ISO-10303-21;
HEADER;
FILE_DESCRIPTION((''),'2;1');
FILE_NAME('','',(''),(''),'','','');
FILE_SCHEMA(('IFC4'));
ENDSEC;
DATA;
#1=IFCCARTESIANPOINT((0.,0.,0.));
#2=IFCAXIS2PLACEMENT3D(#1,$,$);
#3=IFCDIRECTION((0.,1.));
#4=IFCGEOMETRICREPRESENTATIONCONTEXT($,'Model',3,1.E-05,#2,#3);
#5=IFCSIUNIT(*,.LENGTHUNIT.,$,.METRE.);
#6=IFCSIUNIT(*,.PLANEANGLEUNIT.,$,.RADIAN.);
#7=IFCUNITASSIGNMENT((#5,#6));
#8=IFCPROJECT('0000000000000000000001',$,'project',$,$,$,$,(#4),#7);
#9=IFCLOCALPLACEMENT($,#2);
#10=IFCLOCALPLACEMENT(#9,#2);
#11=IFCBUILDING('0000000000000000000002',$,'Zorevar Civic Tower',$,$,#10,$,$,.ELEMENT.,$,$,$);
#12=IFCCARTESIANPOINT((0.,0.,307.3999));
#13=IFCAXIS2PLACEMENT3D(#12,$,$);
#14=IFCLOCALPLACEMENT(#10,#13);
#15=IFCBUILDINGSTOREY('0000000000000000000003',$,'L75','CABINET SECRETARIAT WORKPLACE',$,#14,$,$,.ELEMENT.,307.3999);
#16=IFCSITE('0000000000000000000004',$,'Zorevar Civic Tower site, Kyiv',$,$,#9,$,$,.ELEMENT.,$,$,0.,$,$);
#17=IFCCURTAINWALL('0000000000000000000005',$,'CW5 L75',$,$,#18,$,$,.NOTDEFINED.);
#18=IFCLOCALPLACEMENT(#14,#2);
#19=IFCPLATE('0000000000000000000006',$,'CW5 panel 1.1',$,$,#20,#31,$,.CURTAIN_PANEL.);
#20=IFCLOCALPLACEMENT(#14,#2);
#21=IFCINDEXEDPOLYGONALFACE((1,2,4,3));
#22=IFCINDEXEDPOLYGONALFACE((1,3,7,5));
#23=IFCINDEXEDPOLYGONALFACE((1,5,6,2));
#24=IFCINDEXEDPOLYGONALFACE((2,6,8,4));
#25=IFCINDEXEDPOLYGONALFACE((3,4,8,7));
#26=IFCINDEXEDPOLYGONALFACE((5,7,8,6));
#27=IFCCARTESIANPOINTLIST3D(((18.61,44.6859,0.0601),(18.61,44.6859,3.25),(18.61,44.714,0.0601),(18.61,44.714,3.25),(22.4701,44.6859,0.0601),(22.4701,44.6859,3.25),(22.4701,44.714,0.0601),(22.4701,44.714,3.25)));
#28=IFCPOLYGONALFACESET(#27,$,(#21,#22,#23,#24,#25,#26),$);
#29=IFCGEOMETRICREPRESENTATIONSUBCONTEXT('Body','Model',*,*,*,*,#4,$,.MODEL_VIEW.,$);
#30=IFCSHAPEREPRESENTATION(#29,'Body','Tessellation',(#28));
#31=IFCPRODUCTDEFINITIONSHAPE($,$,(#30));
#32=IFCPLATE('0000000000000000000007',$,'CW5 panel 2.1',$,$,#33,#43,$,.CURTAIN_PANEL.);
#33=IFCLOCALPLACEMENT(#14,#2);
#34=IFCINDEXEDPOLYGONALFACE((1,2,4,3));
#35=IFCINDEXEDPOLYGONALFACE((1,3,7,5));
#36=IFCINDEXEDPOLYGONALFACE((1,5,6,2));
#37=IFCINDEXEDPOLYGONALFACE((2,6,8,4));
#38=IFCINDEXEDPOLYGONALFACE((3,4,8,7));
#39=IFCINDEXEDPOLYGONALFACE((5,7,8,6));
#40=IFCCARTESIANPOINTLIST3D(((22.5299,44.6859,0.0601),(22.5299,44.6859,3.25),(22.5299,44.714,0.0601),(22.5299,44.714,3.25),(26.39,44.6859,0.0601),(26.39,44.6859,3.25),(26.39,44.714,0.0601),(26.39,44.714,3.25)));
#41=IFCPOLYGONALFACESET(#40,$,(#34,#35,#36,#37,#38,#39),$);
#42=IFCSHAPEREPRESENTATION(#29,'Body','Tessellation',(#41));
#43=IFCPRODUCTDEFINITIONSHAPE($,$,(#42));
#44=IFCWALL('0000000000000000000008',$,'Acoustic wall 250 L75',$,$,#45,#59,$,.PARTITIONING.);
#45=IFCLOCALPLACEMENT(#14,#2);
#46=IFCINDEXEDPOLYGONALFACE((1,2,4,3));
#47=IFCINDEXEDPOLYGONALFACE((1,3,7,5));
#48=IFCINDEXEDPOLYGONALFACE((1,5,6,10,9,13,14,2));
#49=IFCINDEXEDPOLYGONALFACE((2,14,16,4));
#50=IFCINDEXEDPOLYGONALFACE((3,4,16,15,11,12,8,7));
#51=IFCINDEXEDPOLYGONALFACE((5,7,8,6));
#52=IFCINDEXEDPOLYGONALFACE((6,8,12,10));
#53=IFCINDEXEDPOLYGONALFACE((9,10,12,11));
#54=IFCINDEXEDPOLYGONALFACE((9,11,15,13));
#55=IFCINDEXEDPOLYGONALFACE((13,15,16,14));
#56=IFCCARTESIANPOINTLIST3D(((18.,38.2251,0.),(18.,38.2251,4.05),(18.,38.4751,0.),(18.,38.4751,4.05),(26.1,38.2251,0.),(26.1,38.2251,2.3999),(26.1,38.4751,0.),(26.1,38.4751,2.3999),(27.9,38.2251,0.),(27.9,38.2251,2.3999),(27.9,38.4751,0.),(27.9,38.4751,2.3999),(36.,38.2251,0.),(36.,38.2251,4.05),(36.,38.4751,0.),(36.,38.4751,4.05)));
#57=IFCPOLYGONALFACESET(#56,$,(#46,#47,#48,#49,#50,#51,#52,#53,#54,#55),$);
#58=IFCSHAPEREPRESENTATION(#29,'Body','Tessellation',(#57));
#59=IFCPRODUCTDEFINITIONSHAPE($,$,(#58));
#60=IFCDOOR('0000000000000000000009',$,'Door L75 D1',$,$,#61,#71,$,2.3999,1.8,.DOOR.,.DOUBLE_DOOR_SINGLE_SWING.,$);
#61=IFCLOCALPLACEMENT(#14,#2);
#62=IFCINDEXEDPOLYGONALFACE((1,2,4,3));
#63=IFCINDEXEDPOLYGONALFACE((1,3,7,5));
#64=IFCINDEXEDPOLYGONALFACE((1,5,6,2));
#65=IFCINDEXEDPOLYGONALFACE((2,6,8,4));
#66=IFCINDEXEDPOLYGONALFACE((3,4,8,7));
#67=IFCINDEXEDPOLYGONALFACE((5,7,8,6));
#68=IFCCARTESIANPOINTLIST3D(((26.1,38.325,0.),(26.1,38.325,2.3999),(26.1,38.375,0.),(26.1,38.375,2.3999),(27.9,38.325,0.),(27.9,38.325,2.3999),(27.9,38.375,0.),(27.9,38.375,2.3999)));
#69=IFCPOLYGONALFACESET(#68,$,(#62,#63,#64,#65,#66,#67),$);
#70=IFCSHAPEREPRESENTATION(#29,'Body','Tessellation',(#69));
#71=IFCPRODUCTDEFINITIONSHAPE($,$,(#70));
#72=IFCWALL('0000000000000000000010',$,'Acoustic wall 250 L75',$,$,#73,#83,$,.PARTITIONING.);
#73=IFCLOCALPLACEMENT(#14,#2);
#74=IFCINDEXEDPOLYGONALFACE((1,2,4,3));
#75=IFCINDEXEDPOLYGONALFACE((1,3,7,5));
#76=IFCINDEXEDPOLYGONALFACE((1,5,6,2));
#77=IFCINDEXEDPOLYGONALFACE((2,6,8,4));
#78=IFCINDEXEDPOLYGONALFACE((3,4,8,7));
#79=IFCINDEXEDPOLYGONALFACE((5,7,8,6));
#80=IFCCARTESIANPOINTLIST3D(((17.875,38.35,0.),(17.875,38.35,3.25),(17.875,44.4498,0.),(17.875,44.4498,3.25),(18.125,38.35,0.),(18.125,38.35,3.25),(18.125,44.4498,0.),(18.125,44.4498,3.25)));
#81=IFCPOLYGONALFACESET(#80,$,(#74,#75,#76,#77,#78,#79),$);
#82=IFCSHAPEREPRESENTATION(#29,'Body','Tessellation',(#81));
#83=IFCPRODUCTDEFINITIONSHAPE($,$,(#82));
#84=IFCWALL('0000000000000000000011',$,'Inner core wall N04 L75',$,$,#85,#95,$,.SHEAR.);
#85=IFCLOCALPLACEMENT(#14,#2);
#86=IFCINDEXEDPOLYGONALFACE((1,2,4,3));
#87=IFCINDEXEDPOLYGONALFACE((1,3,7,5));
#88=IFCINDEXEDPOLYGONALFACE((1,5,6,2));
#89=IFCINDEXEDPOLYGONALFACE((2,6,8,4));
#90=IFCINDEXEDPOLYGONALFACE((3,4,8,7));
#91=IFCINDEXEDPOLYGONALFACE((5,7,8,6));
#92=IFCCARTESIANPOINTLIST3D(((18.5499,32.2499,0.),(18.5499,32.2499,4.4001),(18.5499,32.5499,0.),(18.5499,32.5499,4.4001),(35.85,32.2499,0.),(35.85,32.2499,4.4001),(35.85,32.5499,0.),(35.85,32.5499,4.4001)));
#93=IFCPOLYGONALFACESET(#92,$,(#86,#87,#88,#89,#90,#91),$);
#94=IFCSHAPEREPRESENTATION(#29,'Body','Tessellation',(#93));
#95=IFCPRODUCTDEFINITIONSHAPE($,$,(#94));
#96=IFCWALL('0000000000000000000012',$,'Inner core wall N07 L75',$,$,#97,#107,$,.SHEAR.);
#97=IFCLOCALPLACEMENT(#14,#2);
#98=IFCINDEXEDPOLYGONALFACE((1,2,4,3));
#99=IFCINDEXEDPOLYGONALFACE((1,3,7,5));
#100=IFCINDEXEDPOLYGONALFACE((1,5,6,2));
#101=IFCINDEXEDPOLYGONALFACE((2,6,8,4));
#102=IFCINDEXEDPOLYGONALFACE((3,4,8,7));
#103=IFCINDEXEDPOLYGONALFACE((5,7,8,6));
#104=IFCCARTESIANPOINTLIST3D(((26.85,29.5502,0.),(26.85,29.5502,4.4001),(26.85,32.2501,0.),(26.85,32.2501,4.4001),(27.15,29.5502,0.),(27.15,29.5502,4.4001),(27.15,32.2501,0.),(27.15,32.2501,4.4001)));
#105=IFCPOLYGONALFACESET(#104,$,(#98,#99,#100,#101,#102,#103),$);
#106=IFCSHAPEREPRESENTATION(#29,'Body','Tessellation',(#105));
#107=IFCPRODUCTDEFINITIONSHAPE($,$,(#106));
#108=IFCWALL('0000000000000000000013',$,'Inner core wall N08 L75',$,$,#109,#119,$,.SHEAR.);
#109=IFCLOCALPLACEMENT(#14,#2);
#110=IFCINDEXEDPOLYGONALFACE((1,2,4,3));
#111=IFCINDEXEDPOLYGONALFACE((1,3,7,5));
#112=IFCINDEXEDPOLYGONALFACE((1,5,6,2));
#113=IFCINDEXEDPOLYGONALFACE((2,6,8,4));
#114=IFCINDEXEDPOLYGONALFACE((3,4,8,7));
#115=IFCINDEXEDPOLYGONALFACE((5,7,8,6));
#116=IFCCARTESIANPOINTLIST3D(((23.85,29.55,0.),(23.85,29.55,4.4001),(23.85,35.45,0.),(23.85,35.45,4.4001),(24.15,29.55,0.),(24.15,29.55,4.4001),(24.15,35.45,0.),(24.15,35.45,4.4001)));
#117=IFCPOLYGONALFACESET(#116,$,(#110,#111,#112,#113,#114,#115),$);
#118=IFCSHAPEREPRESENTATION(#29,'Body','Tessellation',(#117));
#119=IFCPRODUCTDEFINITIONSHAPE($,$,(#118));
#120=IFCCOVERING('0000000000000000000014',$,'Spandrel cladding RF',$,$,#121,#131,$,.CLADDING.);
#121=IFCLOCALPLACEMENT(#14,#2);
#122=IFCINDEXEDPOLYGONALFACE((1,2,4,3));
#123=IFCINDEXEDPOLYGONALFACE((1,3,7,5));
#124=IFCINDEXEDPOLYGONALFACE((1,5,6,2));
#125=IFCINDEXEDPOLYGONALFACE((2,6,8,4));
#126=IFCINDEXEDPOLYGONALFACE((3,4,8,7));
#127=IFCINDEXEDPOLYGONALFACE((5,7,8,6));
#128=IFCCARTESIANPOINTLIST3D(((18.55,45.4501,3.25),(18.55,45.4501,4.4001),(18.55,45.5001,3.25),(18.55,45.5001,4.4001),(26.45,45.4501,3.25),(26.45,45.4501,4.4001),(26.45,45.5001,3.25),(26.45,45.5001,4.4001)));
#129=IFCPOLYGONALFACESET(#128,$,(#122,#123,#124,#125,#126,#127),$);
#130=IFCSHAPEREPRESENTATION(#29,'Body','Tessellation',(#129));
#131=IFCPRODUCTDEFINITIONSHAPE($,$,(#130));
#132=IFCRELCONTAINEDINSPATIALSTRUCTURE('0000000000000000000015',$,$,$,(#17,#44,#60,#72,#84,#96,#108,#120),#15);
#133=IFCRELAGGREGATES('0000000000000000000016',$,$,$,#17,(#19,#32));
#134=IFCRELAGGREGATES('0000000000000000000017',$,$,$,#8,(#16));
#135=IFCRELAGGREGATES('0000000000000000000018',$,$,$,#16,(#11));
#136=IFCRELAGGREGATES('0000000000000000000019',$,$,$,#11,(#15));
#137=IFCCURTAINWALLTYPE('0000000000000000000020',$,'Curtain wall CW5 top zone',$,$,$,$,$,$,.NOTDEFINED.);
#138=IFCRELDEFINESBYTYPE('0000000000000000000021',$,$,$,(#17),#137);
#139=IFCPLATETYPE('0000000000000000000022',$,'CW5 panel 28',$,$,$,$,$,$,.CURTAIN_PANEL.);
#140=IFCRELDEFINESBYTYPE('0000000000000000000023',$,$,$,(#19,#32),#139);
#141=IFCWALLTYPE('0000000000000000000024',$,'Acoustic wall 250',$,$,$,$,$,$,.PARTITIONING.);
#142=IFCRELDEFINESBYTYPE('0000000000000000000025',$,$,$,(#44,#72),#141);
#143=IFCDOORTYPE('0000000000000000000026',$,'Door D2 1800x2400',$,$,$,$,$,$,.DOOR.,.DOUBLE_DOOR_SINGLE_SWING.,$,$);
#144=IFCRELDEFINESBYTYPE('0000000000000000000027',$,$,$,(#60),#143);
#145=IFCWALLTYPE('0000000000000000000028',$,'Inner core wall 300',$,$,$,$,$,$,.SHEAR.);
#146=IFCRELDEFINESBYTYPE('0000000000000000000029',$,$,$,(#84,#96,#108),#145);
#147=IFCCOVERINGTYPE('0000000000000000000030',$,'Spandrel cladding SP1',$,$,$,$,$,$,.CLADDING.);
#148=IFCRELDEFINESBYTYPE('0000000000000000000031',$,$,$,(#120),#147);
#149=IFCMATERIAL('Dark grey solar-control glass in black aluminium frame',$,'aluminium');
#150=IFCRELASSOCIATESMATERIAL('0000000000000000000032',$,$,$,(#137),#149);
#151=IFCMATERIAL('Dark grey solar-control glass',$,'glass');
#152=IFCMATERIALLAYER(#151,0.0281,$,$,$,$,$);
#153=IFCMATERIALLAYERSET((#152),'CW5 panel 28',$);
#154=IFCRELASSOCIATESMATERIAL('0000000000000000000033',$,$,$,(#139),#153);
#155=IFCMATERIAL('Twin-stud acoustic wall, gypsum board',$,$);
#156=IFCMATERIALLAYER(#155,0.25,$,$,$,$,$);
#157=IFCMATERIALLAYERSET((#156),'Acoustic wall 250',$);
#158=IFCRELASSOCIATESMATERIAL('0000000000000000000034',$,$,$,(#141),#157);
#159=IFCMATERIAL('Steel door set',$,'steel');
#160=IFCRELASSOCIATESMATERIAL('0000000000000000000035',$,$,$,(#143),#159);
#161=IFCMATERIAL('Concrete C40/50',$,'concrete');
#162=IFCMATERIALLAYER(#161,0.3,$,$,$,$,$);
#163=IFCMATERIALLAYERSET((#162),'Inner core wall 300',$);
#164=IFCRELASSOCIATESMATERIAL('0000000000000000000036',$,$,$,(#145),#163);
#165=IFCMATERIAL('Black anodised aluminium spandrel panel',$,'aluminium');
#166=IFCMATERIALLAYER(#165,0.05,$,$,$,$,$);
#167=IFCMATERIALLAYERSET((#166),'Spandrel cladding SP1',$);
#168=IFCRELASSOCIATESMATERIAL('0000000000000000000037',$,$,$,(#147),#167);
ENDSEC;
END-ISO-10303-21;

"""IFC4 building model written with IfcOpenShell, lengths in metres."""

from ifc_helpers import new_model, si_unit, direction, frame, frame_2d, origin, origin_2d, place, context, subcontext, project, spatial, rectangle, extrude, material, layer, layer_set, type_object, element, fill, aggregate, save


model = new_model("IFC4")

# Units and contexts
model_context = context("Model", 3, precision=1e-05, world=origin(), true_north=direction((0.0, 1.0)))
body_context = subcontext(model_context, "Body", "Model", "MODEL_VIEW")
ifc_project = project(units=[si_unit("LENGTHUNIT", "METRE"), si_unit("PLANEANGLEUNIT", "RADIAN")], contexts=[model_context])

# Site, building, storey
site_placement = place(None, origin())
site = spatial("IfcSite", under=ifc_project, at=site_placement, Name="Zorevar Civic Tower site, Kyiv", CompositionType="ELEMENT", RefElevation=0.0)
building_placement = place(site_placement, origin())
building = spatial("IfcBuilding", under=site, at=building_placement, Name="Zorevar Civic Tower", CompositionType="ELEMENT")
storey_placement = place(building_placement, frame((0.0, 0.0, 307.3999)))
storey = spatial("IfcBuildingStorey", under=building, at=storey_placement, Name="L75", Description="CABINET SECRETARIAT WORKPLACE", CompositionType="ELEMENT", Elevation=307.3999)

# Curtain wall
ifc_material_1 = material(Name="Dark grey solar-control glass in black aluminium frame", Category="aluminium")
curtain_wall_type = type_object("IfcCurtainWallType", Name="Curtain wall CW5 top zone", PredefinedType="NOTDEFINED", material=ifc_material_1)
curtain_wall_placement = place(storey_placement, origin())
curtain_wall = element("IfcCurtainWall", 1, at=curtain_wall_placement, inside=storey, type_object=curtain_wall_type, Name="CW5 L75", PredefinedType="NOTDEFINED")

# Plates
ifc_material_2 = material(Name="Dark grey solar-control glass", Category="glass")
ifc_layer_1 = layer(ifc_material_2, 0.0281)
ifc_layer_set_1 = layer_set([ifc_layer_1], Name="CW5 panel 28")
plate_type = type_object("IfcPlateType", Name="CW5 panel 28", PredefinedType="CURTAIN_PANEL", material=ifc_layer_set_1)
plate_1_placement = place(storey_placement, frame((20.54, 44.7, 0.0601), z_axis=(0.0, 0.0, 1.0), x_axis=(1.0, 0.0, 0.0)))
plate_1 = element("IfcPlate", 2, at=plate_1_placement, type_object=plate_type, Name="CW5 panel 1.1", PredefinedType="CURTAIN_PANEL", context=body_context, shape_type="SweptSolid", body=[
    extrude(rectangle(XDim=3.8601, YDim=0.0281, at=origin_2d()), origin(), (0.0, 0.0, 1.0), 3.1899),
])
plate_2_placement = place(storey_placement, frame((24.46, 44.7, 0.0601), z_axis=(0.0, 0.0, 1.0), x_axis=(1.0, 0.0, 0.0)))
plate_2 = element("IfcPlate", 3, at=plate_2_placement, type_object=plate_type, Name="CW5 panel 2.1", PredefinedType="CURTAIN_PANEL", context=body_context, shape_type="SweptSolid", body=[
    extrude(rectangle(XDim=3.8601, YDim=0.0281, at=origin_2d()), origin(), (0.0, 0.0, 1.0), 3.1899),
])
aggregate(curtain_wall, [plate_1, plate_2])

# Wall, opening, door
ifc_material_3 = material(Name="Twin-stud acoustic wall, gypsum board")
ifc_layer_2 = layer(ifc_material_3, 0.25)
ifc_layer_set_2 = layer_set([ifc_layer_2], Name="Acoustic wall 250")
wall_type_1 = type_object("IfcWallType", Name="Acoustic wall 250", PredefinedType="PARTITIONING", material=ifc_layer_set_2)
wall_1_placement = place(storey_placement, frame((18.0, 38.3501, 0.0), z_axis=(0.0, 0.0, 1.0), x_axis=(1.0, 0.0, 0.0)))
wall_1 = element("IfcWall", 4, at=wall_1_placement, inside=storey, type_object=wall_type_1, Name="Acoustic wall 250 L75", PredefinedType="PARTITIONING", context=body_context, shape_type="SweptSolid", body=[
    extrude(rectangle(XDim=18.0, YDim=0.25, at=frame_2d((9.0, 0.0))), origin(), (0.0, 0.0, 1.0), 4.05),
])
opening_1_placement = place(wall_1_placement, frame((8.1001, 0.0, 0.0)))
opening_1 = element("IfcOpeningElement", 5, at=opening_1_placement, cuts=wall_1, PredefinedType="OPENING", context=body_context, shape_type="SweptSolid", body=[
    extrude(rectangle(XDim=1.8, YDim=2.3999, at=frame_2d((0.8999, 1.2))), frame((0.0, 0.135, 0.0), z_axis=(0.0, -1.0, 0.0), x_axis=(1.0, 0.0, 0.0)), (0.0, 0.0, 1.0), 0.27),
])
ifc_material_4 = material(Name="Steel door set", Category="steel")
door_type_1 = type_object("IfcDoorType", Name="Door D2 1800x2400", OperationType="DOUBLE_DOOR_SINGLE_SWING", PredefinedType="DOOR", material=ifc_material_4)
door_1_placement = place(opening_1_placement, origin())
door_1 = element("IfcDoor", 6, at=door_1_placement, inside=storey, type_object=door_type_1, Name="Door L75 D1", OperationType="DOUBLE_DOOR_SINGLE_SWING", OverallHeight=2.3999, OverallWidth=1.8, PredefinedType="DOOR", context=body_context, shape_type="SweptSolid", body=[
    extrude(rectangle(XDim=1.8, YDim=2.3999, at=frame_2d((0.8999, 1.2))), frame((0.0, 0.0249, 0.0), z_axis=(0.0, -1.0, 0.0), x_axis=(1.0, 0.0, 0.0)), (0.0, 0.0, 1.0), 0.05),
])
fill(opening_1, door_1)

# Wall
wall_2_placement = place(storey_placement, frame((18.0, 38.3501, 0.0), z_axis=(0.0, 0.0, 1.0), x_axis=(0.0, 1.0, 0.0)))
element("IfcWall", 7, at=wall_2_placement, inside=storey, type_object=wall_type_1, Name="Acoustic wall 250 L75", PredefinedType="PARTITIONING", context=body_context, shape_type="SweptSolid", body=[
    extrude(rectangle(XDim=6.0999, YDim=0.25, at=frame_2d((3.0498, 0.0))), origin(), (0.0, 0.0, 1.0), 3.25),
])

# Walls
ifc_material_5 = material(Name="Concrete C40/50", Category="concrete")
ifc_layer_3 = layer(ifc_material_5, 0.3)
ifc_layer_set_3 = layer_set([ifc_layer_3], Name="Inner core wall 300")
wall_type_2 = type_object("IfcWallType", Name="Inner core wall 300", PredefinedType="SHEAR", material=ifc_layer_set_3)
wall_3_placement = place(storey_placement, frame((18.55, 32.3999, 0.0), z_axis=(0.0, 0.0, 1.0), x_axis=(1.0, 0.0, 0.0)))
element("IfcWall", 8, at=wall_3_placement, inside=storey, type_object=wall_type_2, Name="Inner core wall N04 L75", PredefinedType="SHEAR", context=body_context, shape_type="SweptSolid", body=[
    extrude(rectangle(XDim=17.3, YDim=0.3, at=frame_2d((8.6499, 0.0))), origin(), (0.0, 0.0, 1.0), 4.4001),
])
wall_4_placement = place(storey_placement, frame((27.0, 29.55, 0.0), z_axis=(0.0, 0.0, 1.0), x_axis=(0.0, 1.0, 0.0)))
element("IfcWall", 9, at=wall_4_placement, inside=storey, type_object=wall_type_2, Name="Inner core wall N07 L75", PredefinedType="SHEAR", context=body_context, shape_type="SweptSolid", body=[
    extrude(rectangle(XDim=2.7, YDim=0.3, at=frame_2d((1.3501, 0.0))), origin(), (0.0, 0.0, 1.0), 4.4001),
])
wall_5_placement = place(storey_placement, frame((24.0, 29.55, 0.0), z_axis=(0.0, 0.0, 1.0), x_axis=(0.0, 1.0, 0.0)))
element("IfcWall", 10, at=wall_5_placement, inside=storey, type_object=wall_type_2, Name="Inner core wall N08 L75", PredefinedType="SHEAR", context=body_context, shape_type="SweptSolid", body=[
    extrude(rectangle(XDim=5.8999, YDim=0.3, at=frame_2d((2.95, 0.0))), origin(), (0.0, 0.0, 1.0), 4.4001),
])

# Covering
ifc_material_6 = material(Name="Black anodised aluminium spandrel panel", Category="aluminium")
ifc_layer_4 = layer(ifc_material_6, 0.05)
ifc_layer_set_4 = layer_set([ifc_layer_4], Name="Spandrel cladding SP1")
covering_type = type_object("IfcCoveringType", Name="Spandrel cladding SP1", PredefinedType="CLADDING", material=ifc_layer_set_4)
covering_placement = place(storey_placement, frame((18.55, 45.4751, 3.25), z_axis=(0.0, 0.0, 1.0), x_axis=(1.0, 0.0, 0.0)))
element("IfcCovering", 11, at=covering_placement, inside=storey, type_object=covering_type, Name="Spandrel cladding RF", PredefinedType="CLADDING", context=body_context, shape_type="SweptSolid", body=[
    extrude(rectangle(XDim=7.8999, YDim=0.05, at=frame_2d((3.95, 0.0))), origin(), (0.0, 0.0, 1.0), 1.1501),
])

save(model, "model.ifc")
